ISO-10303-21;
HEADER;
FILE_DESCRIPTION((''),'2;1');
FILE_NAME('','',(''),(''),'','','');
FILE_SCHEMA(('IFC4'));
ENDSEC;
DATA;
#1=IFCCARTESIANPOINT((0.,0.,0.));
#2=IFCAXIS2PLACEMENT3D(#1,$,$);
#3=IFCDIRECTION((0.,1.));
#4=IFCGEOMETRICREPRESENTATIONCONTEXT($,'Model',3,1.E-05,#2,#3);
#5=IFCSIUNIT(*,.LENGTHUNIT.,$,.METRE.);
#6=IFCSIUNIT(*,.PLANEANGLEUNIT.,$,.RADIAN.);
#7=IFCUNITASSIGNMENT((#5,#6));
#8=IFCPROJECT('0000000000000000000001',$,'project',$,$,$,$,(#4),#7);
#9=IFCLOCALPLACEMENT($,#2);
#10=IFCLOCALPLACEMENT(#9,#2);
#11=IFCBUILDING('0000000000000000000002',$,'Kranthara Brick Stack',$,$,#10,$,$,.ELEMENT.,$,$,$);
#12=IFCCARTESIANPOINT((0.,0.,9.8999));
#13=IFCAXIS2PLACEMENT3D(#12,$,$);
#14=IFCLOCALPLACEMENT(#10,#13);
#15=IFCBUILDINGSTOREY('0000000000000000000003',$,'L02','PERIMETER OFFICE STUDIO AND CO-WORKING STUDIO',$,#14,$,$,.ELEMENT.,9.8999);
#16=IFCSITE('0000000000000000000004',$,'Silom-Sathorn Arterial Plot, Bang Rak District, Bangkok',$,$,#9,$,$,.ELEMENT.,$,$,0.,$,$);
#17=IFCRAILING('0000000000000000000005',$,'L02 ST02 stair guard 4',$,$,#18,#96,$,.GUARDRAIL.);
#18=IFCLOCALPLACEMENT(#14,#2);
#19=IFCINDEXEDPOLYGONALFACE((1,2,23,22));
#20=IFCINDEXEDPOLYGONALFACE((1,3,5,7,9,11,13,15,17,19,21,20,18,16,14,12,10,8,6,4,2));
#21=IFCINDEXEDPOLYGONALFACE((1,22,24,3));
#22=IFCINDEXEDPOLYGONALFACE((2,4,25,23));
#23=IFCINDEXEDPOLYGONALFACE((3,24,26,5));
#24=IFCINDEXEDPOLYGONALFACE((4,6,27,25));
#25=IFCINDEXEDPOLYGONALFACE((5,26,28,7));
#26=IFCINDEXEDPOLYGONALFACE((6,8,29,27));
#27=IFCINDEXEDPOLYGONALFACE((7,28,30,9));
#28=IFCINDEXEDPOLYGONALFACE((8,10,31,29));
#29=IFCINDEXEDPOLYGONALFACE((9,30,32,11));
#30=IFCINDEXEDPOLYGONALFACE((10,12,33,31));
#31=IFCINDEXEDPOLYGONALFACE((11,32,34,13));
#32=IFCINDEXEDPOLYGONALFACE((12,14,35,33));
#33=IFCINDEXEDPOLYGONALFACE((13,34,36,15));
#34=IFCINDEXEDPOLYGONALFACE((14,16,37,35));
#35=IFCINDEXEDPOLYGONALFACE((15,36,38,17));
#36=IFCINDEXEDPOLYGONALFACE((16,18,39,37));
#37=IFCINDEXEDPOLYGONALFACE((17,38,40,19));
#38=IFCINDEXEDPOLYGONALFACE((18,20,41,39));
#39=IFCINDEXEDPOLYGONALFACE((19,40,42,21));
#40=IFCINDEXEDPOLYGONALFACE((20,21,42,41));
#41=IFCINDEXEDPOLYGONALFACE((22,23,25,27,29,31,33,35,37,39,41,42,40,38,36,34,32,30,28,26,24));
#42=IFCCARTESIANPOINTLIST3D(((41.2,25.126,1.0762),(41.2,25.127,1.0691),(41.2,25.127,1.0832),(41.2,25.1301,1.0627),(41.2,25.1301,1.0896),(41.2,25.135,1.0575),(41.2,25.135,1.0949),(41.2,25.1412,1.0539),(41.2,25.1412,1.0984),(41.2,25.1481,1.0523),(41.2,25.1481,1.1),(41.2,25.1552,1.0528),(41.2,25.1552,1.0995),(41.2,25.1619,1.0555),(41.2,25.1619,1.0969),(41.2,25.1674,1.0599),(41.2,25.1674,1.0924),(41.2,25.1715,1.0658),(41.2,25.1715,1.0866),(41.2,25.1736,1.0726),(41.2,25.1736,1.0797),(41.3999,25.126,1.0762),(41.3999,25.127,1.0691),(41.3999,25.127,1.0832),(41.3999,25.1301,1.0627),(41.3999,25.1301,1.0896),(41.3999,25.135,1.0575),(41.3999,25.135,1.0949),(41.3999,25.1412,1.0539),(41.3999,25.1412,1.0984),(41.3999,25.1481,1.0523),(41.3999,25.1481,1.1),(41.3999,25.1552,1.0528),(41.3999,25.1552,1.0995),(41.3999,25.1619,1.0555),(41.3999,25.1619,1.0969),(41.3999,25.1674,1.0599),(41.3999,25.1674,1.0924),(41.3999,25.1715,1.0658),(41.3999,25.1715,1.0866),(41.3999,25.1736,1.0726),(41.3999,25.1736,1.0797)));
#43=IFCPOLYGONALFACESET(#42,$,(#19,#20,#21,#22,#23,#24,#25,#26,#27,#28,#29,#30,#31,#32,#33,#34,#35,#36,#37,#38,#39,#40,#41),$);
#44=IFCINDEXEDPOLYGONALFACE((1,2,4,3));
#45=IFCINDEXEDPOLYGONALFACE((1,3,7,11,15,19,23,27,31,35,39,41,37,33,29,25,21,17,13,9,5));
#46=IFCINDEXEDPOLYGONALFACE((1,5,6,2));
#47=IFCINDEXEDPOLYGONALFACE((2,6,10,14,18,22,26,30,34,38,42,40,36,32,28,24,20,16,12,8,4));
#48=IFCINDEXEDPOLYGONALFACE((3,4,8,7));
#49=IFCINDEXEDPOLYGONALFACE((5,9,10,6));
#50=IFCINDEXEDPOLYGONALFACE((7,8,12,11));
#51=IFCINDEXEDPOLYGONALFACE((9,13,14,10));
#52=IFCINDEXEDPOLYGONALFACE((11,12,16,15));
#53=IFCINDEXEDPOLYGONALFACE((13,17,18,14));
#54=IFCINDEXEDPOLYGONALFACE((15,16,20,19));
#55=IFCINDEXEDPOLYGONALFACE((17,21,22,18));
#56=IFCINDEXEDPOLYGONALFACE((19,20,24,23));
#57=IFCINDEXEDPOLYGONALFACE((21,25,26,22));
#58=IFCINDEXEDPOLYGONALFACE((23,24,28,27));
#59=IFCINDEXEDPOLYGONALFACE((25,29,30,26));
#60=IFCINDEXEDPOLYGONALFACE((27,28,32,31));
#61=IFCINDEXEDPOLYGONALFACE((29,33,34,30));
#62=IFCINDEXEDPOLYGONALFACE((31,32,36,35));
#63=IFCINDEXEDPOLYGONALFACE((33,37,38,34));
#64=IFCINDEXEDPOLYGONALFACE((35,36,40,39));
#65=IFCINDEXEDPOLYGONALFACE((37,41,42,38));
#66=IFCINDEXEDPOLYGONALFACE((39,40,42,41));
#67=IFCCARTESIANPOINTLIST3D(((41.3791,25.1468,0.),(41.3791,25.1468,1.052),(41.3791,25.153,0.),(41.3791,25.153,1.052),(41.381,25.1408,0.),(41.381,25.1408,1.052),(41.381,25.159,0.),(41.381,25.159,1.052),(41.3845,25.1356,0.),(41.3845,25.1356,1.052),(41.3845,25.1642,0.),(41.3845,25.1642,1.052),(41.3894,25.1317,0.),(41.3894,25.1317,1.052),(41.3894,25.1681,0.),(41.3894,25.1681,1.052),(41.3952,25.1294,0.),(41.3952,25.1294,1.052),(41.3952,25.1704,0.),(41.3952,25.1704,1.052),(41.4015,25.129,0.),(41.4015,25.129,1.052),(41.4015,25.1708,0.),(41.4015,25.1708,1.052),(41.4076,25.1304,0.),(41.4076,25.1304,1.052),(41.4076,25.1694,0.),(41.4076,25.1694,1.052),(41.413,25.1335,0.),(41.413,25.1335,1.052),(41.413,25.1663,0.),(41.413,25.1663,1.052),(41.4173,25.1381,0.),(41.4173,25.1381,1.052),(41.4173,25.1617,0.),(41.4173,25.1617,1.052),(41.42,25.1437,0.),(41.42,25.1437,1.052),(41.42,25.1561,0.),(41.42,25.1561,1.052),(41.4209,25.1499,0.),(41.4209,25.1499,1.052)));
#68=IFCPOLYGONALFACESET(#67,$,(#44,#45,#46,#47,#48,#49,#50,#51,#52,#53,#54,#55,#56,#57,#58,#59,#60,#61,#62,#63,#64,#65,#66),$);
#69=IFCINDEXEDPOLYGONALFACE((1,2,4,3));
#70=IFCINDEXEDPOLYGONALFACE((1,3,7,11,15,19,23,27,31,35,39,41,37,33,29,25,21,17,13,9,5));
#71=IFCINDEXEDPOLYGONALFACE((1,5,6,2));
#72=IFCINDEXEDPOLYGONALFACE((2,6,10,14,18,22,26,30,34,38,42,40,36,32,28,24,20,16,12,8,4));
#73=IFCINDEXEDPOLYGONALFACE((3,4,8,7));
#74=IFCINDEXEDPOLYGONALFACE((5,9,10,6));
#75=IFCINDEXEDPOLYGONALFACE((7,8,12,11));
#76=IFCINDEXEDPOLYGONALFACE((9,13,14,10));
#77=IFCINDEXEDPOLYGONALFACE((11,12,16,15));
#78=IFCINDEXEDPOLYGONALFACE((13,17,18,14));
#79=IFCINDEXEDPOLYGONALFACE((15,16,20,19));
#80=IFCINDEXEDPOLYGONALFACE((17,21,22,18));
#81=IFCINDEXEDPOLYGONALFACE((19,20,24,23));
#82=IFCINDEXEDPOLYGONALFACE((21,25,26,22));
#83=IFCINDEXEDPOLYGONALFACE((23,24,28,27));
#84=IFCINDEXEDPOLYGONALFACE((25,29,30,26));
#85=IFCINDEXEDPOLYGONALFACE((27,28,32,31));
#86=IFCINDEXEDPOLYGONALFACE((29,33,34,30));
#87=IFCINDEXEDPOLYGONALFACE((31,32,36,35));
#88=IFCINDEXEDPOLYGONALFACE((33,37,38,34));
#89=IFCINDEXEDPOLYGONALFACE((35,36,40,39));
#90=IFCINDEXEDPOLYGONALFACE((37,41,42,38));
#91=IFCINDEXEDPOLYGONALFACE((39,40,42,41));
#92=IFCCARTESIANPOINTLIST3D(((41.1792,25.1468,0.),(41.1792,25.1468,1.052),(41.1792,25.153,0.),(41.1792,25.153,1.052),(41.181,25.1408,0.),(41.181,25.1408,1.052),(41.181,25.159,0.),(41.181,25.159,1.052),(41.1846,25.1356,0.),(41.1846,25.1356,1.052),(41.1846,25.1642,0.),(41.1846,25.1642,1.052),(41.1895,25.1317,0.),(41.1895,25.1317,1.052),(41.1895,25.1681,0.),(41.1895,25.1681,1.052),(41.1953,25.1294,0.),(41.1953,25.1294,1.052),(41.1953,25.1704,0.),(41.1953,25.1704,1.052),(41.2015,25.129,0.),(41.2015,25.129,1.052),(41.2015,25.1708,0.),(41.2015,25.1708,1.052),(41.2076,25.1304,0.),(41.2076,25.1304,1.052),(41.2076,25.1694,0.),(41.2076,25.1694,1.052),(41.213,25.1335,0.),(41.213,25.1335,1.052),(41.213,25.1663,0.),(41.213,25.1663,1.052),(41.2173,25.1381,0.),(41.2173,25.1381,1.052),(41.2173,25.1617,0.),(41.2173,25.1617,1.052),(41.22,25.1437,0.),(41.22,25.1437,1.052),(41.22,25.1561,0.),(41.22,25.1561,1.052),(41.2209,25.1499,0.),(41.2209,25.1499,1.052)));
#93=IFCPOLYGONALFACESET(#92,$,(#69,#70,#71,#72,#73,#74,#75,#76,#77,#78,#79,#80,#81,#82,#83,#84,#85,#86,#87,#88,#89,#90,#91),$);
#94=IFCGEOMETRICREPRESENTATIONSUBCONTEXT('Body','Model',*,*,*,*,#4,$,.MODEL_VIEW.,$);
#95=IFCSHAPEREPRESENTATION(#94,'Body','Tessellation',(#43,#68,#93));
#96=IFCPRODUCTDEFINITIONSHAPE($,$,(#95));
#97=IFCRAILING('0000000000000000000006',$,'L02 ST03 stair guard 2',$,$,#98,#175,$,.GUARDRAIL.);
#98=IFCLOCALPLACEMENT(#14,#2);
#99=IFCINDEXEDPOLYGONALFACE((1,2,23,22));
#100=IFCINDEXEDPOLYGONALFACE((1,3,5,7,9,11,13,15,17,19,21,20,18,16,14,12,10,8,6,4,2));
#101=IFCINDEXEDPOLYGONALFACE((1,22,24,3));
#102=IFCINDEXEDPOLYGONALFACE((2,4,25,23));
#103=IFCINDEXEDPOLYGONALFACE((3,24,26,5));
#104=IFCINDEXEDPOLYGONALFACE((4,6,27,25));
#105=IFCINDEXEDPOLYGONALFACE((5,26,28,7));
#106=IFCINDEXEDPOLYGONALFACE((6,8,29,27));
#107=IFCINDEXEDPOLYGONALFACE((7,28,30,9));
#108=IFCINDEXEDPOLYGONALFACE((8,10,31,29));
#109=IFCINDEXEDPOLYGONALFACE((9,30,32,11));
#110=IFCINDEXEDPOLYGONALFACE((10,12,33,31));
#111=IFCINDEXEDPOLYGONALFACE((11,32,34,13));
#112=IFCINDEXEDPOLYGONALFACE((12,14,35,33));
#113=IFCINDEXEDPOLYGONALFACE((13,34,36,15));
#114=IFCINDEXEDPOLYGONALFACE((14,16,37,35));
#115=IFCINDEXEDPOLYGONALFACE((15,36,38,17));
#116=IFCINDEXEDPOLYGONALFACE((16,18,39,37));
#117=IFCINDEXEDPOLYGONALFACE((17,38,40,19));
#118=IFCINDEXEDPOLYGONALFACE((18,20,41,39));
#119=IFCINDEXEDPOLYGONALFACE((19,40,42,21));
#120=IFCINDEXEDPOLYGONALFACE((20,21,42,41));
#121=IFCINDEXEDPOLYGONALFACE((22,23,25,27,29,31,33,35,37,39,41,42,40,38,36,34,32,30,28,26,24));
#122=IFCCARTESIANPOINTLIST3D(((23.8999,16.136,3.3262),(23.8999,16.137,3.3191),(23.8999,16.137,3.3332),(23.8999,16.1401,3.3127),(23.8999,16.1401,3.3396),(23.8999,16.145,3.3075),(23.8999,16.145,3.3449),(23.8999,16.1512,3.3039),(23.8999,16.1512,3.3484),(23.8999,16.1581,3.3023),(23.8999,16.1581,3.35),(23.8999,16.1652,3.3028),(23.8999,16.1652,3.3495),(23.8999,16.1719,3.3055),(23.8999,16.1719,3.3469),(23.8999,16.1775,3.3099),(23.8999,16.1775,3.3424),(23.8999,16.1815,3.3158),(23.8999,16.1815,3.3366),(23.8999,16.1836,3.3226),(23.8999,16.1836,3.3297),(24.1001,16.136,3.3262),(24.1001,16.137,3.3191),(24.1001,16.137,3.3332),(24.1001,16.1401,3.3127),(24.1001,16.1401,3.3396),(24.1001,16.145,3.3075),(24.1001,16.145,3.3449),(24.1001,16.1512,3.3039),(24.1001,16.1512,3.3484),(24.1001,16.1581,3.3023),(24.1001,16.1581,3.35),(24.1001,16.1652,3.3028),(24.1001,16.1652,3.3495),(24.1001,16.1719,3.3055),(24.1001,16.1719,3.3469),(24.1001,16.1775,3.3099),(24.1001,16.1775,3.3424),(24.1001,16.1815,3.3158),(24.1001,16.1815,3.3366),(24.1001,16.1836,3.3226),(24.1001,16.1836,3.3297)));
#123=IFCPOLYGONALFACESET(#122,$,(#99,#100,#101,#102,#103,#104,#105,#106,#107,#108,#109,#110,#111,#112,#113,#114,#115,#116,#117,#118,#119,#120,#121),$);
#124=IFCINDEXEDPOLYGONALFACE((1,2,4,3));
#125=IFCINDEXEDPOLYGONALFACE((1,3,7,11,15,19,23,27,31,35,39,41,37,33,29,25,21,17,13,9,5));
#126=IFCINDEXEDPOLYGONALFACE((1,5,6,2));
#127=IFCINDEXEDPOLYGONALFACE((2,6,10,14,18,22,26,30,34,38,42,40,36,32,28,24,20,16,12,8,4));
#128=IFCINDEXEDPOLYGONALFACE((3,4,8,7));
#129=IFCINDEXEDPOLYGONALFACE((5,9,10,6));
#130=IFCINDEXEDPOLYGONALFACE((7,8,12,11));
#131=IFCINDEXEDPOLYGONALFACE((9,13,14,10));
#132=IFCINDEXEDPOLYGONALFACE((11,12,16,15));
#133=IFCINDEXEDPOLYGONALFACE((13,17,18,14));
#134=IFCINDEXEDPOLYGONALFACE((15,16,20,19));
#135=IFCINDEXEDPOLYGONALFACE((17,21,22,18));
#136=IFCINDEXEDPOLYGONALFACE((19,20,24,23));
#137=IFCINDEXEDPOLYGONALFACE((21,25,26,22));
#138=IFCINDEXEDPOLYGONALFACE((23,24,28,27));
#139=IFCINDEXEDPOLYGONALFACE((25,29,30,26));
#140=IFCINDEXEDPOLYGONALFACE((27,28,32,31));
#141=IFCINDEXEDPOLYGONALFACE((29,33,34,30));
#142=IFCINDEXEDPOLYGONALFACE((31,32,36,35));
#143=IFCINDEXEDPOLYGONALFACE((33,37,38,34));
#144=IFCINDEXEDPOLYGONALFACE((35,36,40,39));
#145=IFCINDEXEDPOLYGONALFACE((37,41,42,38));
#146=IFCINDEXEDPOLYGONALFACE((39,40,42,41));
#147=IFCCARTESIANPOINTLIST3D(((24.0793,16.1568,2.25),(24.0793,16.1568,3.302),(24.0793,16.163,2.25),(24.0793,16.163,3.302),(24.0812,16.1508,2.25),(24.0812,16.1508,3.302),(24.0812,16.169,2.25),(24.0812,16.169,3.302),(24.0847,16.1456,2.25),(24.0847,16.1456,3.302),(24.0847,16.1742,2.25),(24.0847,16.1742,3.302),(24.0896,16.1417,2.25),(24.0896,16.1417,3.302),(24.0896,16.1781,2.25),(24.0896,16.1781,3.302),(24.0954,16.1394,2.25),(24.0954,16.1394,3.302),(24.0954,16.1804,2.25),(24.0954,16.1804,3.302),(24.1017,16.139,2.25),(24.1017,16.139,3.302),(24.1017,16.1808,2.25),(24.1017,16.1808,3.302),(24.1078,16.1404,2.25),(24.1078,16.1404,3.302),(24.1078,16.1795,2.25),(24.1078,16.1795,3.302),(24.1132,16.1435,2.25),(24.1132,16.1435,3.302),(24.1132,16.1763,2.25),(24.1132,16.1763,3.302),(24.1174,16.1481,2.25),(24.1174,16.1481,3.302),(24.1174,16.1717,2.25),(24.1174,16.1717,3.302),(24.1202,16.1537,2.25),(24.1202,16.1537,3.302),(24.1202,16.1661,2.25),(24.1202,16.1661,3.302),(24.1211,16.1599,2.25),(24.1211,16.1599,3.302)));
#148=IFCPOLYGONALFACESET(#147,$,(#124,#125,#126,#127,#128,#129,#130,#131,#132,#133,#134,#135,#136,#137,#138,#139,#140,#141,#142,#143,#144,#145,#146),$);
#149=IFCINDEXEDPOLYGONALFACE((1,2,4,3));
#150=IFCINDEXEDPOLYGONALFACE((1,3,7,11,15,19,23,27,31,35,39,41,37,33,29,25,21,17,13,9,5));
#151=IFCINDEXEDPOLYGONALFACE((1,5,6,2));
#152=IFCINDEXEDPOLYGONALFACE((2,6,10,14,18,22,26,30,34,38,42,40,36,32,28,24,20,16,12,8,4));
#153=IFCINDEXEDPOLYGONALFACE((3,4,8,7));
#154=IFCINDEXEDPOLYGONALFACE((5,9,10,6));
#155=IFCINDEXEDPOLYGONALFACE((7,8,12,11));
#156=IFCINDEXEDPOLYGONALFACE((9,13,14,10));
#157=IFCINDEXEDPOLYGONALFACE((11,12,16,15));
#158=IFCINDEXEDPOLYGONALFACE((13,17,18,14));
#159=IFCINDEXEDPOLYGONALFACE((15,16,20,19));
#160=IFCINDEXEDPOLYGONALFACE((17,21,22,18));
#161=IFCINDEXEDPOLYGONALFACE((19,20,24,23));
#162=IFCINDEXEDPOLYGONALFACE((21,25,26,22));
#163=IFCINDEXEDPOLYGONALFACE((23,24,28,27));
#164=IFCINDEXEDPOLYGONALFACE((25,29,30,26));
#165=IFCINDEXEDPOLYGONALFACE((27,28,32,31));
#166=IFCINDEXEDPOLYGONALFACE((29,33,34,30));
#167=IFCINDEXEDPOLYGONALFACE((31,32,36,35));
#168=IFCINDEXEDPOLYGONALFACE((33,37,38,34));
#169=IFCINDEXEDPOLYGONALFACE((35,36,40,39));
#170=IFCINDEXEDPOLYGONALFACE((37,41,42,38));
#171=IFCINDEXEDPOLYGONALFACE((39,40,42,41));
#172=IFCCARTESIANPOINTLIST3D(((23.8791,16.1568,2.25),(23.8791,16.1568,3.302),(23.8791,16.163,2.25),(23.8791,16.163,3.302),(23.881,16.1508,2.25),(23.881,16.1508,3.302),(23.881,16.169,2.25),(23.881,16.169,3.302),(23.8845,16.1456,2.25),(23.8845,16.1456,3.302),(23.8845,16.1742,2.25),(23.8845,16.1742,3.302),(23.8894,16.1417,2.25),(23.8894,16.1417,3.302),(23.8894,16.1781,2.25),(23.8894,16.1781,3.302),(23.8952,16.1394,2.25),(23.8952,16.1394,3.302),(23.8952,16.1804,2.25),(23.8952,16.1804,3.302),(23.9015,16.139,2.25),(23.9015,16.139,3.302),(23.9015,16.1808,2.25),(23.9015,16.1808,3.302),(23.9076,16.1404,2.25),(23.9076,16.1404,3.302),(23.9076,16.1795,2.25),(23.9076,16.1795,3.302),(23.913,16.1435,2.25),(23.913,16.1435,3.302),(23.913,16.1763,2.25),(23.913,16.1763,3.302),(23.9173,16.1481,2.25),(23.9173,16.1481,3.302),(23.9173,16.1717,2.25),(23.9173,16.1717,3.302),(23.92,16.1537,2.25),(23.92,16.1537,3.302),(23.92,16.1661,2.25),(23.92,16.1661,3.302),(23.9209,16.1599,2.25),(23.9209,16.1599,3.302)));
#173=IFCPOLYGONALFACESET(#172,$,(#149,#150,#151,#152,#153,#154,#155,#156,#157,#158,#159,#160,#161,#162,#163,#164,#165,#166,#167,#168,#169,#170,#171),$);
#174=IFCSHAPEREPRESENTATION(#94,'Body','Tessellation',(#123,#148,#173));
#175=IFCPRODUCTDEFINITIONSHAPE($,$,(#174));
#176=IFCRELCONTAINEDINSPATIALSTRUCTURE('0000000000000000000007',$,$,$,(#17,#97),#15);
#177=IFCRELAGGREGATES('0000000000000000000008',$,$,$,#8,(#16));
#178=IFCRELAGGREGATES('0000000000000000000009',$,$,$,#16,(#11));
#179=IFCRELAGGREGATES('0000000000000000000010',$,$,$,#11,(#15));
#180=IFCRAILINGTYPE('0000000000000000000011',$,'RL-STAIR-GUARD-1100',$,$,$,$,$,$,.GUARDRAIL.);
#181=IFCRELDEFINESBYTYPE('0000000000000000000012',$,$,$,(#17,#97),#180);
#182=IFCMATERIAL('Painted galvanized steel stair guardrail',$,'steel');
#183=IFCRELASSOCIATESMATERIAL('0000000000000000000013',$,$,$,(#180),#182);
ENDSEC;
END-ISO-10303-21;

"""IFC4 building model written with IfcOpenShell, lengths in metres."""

from ifc_helpers import new_model, si_unit, direction, frame, origin, origin_2d, place, context, subcontext, project, spatial, circle, extrude, material, type_object, element, save


model = new_model("IFC4")

# Units and contexts
model_context = context("Model", 3, precision=1e-05, world=origin(), true_north=direction((0.0, 1.0)))
body_context = subcontext(model_context, "Body", "Model", "MODEL_VIEW")
ifc_project = project(units=[si_unit("LENGTHUNIT", "METRE"), si_unit("PLANEANGLEUNIT", "RADIAN")], contexts=[model_context])

# Site, building, storey
site_placement = place(None, origin())
site = spatial("IfcSite", under=ifc_project, at=site_placement, Name="Silom-Sathorn Arterial Plot, Bang Rak District, Bangkok", CompositionType="ELEMENT", RefElevation=0.0)
building_placement = place(site_placement, origin())
building = spatial("IfcBuilding", under=site, at=building_placement, Name="Kranthara Brick Stack", CompositionType="ELEMENT")
storey_placement = place(building_placement, frame((0.0, 0.0, 9.8999)))
storey = spatial("IfcBuildingStorey", under=building, at=storey_placement, Name="L02", Description="PERIMETER OFFICE STUDIO AND CO-WORKING STUDIO", CompositionType="ELEMENT", Elevation=9.8999)

# Railings
ifc_material_1 = material(Name="Painted galvanized steel stair guardrail", Category="steel")
railing_type_1 = type_object("IfcRailingType", Name="RL-STAIR-GUARD-1100", PredefinedType="GUARDRAIL", material=ifc_material_1)
railing_1_placement = place(storey_placement, frame((41.3999, 25.1499, 0.0)))
element("IfcRailing", 1, at=railing_1_placement, inside=storey, type_object=railing_type_1, Name="L02 ST02 stair guard 4", PredefinedType="GUARDRAIL", context=body_context, shape_type="SweptSolid", body=[
    extrude(circle(Radius=0.0239, at=origin_2d()), frame((0.0, 0.0, 1.0762), z_axis=(-1.0, 0.0, 0.0), x_axis=(0.0, -1.0, 0.0)), (0.0, 0.0, 1.0), 0.2),
    extrude(circle(Radius=0.021, at=origin_2d()), origin(), (0.0, 0.0, 1.0), 1.052),
    extrude(circle(Radius=0.021, at=origin_2d()), frame((-0.2, 0.0, 0.0)), (0.0, 0.0, 1.0), 1.052),
])
railing_2_placement = place(storey_placement, frame((24.1001, 16.1599, 2.25)))
element("IfcRailing", 2, at=railing_2_placement, inside=storey, type_object=railing_type_1, Name="L02 ST03 stair guard 2", PredefinedType="GUARDRAIL", context=body_context, shape_type="SweptSolid", body=[
    extrude(circle(Radius=0.0239, at=origin_2d()), frame((0.0, 0.0, 1.0762), z_axis=(-1.0, 0.0, 0.0), x_axis=(0.0, -1.0, 0.0)), (0.0, 0.0, 1.0), 0.2002),
    extrude(circle(Radius=0.021, at=origin_2d()), origin(), (0.0, 0.0, 1.0), 1.052),
    extrude(circle(Radius=0.021, at=origin_2d()), frame((-0.2002, 0.0, 0.0)), (0.0, 0.0, 1.0), 1.052),
])

save(model, "model.ifc")
